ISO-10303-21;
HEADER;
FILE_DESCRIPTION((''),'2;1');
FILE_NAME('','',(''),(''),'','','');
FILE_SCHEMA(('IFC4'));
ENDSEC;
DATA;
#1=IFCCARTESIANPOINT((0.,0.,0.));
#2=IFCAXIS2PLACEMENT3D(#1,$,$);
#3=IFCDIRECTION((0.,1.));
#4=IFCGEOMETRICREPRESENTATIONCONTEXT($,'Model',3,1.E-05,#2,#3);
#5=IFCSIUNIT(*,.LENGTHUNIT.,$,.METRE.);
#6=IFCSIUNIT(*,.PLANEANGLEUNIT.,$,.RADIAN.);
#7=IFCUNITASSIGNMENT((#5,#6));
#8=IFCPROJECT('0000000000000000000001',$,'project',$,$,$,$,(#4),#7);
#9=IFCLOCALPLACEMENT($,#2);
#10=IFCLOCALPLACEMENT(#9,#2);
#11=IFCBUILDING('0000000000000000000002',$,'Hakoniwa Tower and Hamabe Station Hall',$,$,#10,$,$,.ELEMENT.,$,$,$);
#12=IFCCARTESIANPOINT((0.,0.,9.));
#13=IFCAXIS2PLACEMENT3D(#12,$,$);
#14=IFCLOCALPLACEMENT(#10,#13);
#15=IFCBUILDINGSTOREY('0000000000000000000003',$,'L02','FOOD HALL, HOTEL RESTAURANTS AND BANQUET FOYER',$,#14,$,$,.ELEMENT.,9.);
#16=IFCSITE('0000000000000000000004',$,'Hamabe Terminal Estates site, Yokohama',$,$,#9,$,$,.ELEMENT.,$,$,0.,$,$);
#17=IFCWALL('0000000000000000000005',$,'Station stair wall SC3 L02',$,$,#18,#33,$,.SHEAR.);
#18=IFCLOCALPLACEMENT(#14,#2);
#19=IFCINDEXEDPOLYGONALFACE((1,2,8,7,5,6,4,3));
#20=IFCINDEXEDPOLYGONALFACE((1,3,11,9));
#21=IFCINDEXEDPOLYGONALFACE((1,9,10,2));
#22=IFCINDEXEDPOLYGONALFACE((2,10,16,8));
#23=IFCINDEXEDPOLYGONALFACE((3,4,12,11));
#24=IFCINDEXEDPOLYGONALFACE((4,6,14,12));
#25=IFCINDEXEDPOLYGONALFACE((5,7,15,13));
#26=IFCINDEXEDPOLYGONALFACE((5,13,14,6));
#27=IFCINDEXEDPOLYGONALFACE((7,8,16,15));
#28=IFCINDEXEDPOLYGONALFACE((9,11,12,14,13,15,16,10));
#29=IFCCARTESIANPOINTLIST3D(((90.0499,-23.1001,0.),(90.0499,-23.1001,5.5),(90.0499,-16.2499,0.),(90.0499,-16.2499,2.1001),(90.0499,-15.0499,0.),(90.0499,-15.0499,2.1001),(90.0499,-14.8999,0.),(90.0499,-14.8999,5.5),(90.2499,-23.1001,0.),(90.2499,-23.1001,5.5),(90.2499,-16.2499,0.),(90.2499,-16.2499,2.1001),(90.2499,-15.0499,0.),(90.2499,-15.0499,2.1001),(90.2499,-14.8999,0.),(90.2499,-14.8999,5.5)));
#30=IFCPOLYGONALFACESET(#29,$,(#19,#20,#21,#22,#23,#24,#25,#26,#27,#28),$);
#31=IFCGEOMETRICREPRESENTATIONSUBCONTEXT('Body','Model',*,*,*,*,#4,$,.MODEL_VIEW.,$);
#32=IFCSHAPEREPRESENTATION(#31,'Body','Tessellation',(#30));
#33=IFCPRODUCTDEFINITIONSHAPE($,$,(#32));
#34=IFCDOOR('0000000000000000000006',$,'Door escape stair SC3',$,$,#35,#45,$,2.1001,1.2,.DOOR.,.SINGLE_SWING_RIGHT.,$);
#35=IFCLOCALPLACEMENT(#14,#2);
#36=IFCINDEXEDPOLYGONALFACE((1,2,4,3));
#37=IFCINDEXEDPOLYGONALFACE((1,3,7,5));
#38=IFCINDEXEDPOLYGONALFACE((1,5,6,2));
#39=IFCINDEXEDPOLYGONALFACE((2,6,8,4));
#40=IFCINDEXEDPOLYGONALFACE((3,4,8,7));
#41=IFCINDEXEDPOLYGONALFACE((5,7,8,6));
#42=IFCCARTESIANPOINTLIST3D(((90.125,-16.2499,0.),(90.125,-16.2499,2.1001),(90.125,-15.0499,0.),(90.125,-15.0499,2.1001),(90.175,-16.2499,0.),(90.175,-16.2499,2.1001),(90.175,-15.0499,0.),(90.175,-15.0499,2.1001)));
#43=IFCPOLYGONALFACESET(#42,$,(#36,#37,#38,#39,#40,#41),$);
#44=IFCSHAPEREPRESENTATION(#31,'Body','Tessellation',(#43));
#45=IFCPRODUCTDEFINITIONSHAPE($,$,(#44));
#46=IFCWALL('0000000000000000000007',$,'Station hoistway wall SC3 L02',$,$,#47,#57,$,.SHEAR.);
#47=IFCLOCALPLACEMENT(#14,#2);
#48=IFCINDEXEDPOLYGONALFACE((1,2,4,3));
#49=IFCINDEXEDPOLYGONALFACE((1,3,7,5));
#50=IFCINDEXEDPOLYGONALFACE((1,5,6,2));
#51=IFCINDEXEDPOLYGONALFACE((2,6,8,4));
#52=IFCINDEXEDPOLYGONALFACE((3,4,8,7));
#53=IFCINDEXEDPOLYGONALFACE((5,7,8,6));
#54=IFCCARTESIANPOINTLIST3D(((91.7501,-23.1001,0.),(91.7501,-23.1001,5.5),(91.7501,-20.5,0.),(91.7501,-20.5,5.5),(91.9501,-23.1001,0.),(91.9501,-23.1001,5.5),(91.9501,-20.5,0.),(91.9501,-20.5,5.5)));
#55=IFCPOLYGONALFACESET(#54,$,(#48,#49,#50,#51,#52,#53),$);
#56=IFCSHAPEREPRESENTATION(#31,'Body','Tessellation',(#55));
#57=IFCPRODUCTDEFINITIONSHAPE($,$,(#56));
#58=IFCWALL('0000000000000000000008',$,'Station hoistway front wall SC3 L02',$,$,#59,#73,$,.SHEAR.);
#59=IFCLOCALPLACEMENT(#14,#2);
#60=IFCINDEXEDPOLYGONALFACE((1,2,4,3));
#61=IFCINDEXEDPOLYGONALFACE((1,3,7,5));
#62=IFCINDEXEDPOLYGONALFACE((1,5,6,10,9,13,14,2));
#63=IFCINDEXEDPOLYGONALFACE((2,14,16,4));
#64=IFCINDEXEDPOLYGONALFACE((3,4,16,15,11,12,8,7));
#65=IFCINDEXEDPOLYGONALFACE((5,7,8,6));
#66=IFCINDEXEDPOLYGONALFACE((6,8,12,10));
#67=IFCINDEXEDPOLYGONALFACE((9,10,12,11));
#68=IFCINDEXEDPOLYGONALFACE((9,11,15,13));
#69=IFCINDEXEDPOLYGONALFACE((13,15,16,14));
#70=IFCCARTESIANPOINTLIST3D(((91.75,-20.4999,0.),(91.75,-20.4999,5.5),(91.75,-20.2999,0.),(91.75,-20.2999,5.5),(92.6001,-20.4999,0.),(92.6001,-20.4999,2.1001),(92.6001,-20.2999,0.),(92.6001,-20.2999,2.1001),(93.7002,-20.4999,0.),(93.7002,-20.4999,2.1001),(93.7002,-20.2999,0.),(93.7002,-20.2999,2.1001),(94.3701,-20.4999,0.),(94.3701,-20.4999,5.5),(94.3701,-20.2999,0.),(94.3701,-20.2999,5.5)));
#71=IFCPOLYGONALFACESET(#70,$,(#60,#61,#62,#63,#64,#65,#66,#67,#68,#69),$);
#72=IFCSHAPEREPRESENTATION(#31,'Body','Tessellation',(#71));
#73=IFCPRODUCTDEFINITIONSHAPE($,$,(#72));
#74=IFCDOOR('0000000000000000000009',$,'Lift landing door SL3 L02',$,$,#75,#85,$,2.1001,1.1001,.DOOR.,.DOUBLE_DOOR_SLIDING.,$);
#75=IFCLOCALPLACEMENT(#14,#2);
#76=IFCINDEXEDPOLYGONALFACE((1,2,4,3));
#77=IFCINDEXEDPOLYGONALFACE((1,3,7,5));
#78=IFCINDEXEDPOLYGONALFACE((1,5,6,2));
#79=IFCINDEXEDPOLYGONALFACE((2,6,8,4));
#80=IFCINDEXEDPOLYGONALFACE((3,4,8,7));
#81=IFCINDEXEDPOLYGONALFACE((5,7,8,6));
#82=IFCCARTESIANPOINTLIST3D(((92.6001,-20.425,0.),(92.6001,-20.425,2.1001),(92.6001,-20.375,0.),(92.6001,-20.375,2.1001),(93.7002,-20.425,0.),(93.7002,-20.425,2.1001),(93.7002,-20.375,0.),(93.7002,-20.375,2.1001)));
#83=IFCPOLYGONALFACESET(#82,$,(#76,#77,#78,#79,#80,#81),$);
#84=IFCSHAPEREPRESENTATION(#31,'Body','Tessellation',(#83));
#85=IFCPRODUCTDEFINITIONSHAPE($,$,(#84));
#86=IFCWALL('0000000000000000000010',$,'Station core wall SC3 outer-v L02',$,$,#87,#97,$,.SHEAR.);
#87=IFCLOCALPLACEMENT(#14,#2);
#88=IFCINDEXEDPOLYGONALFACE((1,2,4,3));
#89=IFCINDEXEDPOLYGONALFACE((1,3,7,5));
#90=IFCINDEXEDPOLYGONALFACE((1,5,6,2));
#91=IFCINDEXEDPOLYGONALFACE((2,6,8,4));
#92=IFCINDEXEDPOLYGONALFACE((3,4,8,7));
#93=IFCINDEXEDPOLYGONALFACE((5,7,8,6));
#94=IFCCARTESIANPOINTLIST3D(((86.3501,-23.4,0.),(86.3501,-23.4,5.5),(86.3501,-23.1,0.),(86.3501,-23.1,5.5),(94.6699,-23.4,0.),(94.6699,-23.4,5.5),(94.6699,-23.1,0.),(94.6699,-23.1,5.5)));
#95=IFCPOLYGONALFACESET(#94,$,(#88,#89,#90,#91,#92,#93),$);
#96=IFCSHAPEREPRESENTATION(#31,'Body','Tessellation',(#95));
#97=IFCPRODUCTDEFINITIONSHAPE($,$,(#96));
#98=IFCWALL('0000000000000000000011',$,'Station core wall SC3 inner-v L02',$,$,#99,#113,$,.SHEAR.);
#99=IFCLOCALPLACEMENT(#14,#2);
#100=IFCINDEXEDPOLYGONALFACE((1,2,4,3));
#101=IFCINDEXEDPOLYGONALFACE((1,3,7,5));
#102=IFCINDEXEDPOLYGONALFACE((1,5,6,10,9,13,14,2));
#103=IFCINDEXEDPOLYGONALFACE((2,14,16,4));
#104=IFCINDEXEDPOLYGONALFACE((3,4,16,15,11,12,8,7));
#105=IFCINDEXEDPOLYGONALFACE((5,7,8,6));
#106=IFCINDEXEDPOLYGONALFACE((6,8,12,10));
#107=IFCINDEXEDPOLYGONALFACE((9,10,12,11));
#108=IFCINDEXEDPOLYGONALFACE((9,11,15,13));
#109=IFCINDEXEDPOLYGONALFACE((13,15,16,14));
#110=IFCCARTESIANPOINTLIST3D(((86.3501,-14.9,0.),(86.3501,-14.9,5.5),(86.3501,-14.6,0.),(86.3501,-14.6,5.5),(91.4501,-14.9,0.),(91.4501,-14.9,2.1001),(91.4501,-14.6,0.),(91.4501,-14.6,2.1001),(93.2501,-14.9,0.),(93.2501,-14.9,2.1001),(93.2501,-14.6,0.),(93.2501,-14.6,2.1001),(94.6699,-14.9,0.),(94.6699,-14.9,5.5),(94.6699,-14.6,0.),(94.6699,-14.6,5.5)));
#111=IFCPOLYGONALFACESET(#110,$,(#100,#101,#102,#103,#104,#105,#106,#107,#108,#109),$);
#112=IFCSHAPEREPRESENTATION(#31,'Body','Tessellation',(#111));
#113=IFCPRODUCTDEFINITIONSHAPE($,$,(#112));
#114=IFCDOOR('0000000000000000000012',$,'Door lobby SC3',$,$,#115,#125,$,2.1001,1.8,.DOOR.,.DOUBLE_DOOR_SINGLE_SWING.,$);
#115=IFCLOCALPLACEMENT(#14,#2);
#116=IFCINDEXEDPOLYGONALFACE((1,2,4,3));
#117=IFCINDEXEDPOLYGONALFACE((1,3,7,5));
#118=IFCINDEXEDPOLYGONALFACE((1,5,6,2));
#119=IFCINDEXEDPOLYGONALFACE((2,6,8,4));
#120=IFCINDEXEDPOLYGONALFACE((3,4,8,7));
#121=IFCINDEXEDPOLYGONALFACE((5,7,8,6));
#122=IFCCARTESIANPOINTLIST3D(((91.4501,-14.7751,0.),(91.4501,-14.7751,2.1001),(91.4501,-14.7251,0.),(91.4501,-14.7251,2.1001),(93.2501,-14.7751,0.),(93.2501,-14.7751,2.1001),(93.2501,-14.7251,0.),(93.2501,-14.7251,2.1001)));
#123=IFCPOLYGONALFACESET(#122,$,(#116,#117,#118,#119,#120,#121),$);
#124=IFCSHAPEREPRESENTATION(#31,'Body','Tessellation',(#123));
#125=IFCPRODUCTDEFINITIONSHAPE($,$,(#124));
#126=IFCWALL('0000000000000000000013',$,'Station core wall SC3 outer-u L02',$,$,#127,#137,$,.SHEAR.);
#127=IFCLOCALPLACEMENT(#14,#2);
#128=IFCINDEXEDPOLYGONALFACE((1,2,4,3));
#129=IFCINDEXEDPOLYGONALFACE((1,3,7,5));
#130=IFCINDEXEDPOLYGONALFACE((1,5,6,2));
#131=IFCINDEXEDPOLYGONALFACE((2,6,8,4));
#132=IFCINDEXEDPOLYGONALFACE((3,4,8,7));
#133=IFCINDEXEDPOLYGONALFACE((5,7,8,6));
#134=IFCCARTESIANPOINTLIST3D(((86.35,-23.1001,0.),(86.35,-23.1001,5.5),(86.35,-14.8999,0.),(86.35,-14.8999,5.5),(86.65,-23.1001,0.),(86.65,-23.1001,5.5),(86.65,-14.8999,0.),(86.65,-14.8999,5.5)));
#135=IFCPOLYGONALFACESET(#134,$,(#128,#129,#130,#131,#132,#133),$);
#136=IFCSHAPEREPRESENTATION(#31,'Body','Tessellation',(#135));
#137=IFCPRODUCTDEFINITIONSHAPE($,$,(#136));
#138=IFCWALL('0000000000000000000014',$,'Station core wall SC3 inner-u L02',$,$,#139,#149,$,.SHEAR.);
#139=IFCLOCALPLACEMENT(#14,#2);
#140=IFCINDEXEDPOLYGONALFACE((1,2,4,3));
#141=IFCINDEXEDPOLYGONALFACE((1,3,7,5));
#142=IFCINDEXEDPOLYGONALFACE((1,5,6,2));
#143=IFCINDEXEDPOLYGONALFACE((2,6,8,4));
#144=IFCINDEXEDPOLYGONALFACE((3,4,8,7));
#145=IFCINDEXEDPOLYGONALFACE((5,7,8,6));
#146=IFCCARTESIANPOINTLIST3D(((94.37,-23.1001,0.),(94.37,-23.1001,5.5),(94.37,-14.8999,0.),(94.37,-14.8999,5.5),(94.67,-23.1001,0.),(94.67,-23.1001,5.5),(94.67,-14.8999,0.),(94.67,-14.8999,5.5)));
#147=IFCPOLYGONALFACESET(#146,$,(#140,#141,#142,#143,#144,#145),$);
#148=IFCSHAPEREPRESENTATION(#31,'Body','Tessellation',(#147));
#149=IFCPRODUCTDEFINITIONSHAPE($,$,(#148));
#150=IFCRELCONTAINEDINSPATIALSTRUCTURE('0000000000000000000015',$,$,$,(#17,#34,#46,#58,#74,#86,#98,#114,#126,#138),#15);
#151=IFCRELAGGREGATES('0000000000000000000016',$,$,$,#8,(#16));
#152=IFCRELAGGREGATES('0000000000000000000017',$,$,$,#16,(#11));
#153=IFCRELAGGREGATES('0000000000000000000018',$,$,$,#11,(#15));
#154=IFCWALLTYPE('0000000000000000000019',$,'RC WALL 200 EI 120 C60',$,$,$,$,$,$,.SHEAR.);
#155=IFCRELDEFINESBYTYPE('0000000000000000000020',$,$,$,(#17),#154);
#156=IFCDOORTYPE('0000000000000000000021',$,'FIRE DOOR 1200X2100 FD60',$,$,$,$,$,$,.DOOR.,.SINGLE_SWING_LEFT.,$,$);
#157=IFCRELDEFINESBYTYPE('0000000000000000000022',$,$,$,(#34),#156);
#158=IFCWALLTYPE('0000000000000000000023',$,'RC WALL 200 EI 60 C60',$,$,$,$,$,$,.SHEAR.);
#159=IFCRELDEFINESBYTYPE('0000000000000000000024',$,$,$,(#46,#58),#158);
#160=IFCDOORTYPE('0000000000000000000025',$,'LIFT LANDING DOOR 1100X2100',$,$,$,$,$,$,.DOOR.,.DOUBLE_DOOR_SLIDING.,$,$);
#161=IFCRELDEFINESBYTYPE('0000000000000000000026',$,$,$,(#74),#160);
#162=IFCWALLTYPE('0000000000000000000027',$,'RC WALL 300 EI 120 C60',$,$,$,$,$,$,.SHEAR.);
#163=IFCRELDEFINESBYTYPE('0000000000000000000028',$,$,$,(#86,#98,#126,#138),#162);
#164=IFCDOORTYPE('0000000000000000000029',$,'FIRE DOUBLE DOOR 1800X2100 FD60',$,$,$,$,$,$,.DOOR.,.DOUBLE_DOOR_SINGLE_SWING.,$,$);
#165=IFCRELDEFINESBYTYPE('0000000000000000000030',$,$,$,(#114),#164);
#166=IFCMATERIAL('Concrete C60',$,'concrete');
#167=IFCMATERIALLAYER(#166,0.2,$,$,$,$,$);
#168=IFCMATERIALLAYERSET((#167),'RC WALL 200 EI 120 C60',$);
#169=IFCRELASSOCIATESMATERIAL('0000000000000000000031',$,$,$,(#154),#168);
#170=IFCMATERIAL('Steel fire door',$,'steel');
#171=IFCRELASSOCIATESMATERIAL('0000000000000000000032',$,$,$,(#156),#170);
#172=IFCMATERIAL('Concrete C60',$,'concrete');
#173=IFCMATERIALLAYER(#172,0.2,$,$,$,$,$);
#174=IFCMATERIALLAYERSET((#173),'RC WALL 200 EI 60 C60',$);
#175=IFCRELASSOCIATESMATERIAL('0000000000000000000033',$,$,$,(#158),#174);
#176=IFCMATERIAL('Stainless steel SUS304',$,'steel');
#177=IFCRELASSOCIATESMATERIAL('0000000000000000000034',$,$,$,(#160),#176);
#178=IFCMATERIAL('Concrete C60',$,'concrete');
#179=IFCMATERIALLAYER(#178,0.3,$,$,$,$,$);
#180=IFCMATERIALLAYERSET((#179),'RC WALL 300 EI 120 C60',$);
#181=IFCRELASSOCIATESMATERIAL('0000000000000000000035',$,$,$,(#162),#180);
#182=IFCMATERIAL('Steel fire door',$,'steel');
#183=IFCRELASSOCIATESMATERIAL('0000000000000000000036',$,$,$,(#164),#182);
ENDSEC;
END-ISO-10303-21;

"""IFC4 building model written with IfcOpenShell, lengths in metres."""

from ifc_helpers import new_model, si_unit, direction, frame, frame_2d, origin, place, context, subcontext, project, spatial, rectangle, extrude, material, layer, layer_set, type_object, element, fill, save


model = new_model("IFC4")

# Units and contexts
model_context = context("Model", 3, precision=1e-05, world=origin(), true_north=direction((0.0, 1.0)))
body_context = subcontext(model_context, "Body", "Model", "MODEL_VIEW")
ifc_project = project(units=[si_unit("LENGTHUNIT", "METRE"), si_unit("PLANEANGLEUNIT", "RADIAN")], contexts=[model_context])

# Site, building, storey
site_placement = place(None, origin())
site = spatial("IfcSite", under=ifc_project, at=site_placement, Name="Hamabe Terminal Estates site, Yokohama", CompositionType="ELEMENT", RefElevation=0.0)
building_placement = place(site_placement, origin())
building = spatial("IfcBuilding", under=site, at=building_placement, Name="Hakoniwa Tower and Hamabe Station Hall", CompositionType="ELEMENT")
storey_placement = place(building_placement, frame((0.0, 0.0, 9.0)))
storey = spatial("IfcBuildingStorey", under=building, at=storey_placement, Name="L02", Description="FOOD HALL, HOTEL RESTAURANTS AND BANQUET FOYER", CompositionType="ELEMENT", Elevation=9.0)

# Wall, opening, door
ifc_material_1 = material(Name="Concrete C60", Category="concrete")
ifc_layer_1 = layer(ifc_material_1, 0.2)
ifc_layer_set_1 = layer_set([ifc_layer_1], Name="RC WALL 200 EI 120 C60")
wall_type_1 = type_object("IfcWallType", Name="RC WALL 200 EI 120 C60", PredefinedType="SHEAR", material=ifc_layer_set_1)
wall_1_placement = place(storey_placement, frame((90.1499, -23.1001, 0.0), z_axis=(0.0, 0.0, 1.0), x_axis=(0.0, 1.0, 0.0)))
wall_1 = element("IfcWall", 1, at=wall_1_placement, inside=storey, type_object=wall_type_1, Name="Station stair wall SC3 L02", PredefinedType="SHEAR", context=body_context, shape_type="SweptSolid", body=[
    extrude(rectangle(XDim=8.2002, YDim=0.2, at=frame_2d((4.1001, 0.0))), origin(), (0.0, 0.0, 1.0), 5.5),
])
opening_1_placement = place(wall_1_placement, frame((6.8501, 0.0, 0.0)))
opening_1 = element("IfcOpeningElement", 2, at=opening_1_placement, cuts=wall_1, PredefinedType="OPENING", context=body_context, shape_type="SweptSolid", body=[
    extrude(rectangle(XDim=1.2, YDim=2.1001, at=frame_2d((0.6001, 1.05))), frame((0.0, 0.1099, 0.0), z_axis=(0.0, -1.0, 0.0), x_axis=(1.0, 0.0, 0.0)), (0.0, 0.0, 1.0), 0.22),
])
ifc_material_2 = material(Name="Steel fire door", Category="steel")
door_type_1 = type_object("IfcDoorType", Name="FIRE DOOR 1200X2100 FD60", OperationType="SINGLE_SWING_LEFT", PredefinedType="DOOR", material=ifc_material_2)
door_1_placement = place(opening_1_placement, origin())
door_1 = element("IfcDoor", 3, at=door_1_placement, inside=storey, type_object=door_type_1, Name="Door escape stair SC3", OperationType="SINGLE_SWING_RIGHT", OverallHeight=2.1001, OverallWidth=1.2, PredefinedType="DOOR", context=body_context, shape_type="SweptSolid", body=[
    extrude(rectangle(XDim=1.2, YDim=2.1001, at=frame_2d((0.6001, 1.05))), frame((0.0, 0.0249, 0.0), z_axis=(0.0, -1.0, 0.0), x_axis=(1.0, 0.0, 0.0)), (0.0, 0.0, 1.0), 0.05),
])
fill(opening_1, door_1)

# Wall
ifc_material_3 = material(Name="Concrete C60", Category="concrete")
ifc_layer_2 = layer(ifc_material_3, 0.2)
ifc_layer_set_2 = layer_set([ifc_layer_2], Name="RC WALL 200 EI 60 C60")
wall_type_2 = type_object("IfcWallType", Name="RC WALL 200 EI 60 C60", PredefinedType="SHEAR", material=ifc_layer_set_2)
wall_2_placement = place(storey_placement, frame((91.8501, -23.1001, 0.0), z_axis=(0.0, 0.0, 1.0), x_axis=(0.0, 1.0, 0.0)))
element("IfcWall", 4, at=wall_2_placement, inside=storey, type_object=wall_type_2, Name="Station hoistway wall SC3 L02", PredefinedType="SHEAR", context=body_context, shape_type="SweptSolid", body=[
    extrude(rectangle(XDim=2.6001, YDim=0.2, at=frame_2d((1.3, 0.0))), origin(), (0.0, 0.0, 1.0), 5.5),
])

# Wall, opening, door
wall_3_placement = place(storey_placement, frame((91.75, -20.3999, 0.0), z_axis=(0.0, 0.0, 1.0), x_axis=(1.0, 0.0, 0.0)))
wall_3 = element("IfcWall", 5, at=wall_3_placement, inside=storey, type_object=wall_type_2, Name="Station hoistway front wall SC3 L02", PredefinedType="SHEAR", context=body_context, shape_type="SweptSolid", body=[
    extrude(rectangle(XDim=2.6201, YDim=0.2, at=frame_2d((1.3101, 0.0))), origin(), (0.0, 0.0, 1.0), 5.5),
])
opening_2_placement = place(wall_3_placement, frame((0.8501, 0.0, 0.0)))
opening_2 = element("IfcOpeningElement", 6, at=opening_2_placement, cuts=wall_3, PredefinedType="OPENING", context=body_context, shape_type="SweptSolid", body=[
    extrude(rectangle(XDim=1.1001, YDim=2.1001, at=frame_2d((0.55, 1.05))), frame((0.0, 0.1099, 0.0), z_axis=(0.0, -1.0, 0.0), x_axis=(1.0, 0.0, 0.0)), (0.0, 0.0, 1.0), 0.22),
])
ifc_material_4 = material(Name="Stainless steel SUS304", Category="steel")
door_type_2 = type_object("IfcDoorType", Name="LIFT LANDING DOOR 1100X2100", OperationType="DOUBLE_DOOR_SLIDING", PredefinedType="DOOR", material=ifc_material_4)
door_2_placement = place(opening_2_placement, origin())
door_2 = element("IfcDoor", 7, at=door_2_placement, inside=storey, type_object=door_type_2, Name="Lift landing door SL3 L02", OperationType="DOUBLE_DOOR_SLIDING", OverallHeight=2.1001, OverallWidth=1.1001, PredefinedType="DOOR", context=body_context, shape_type="SweptSolid", body=[
    extrude(rectangle(XDim=1.1001, YDim=2.1001, at=frame_2d((0.55, 1.05))), frame((0.0, 0.0249, 0.0), z_axis=(0.0, -1.0, 0.0), x_axis=(1.0, 0.0, 0.0)), (0.0, 0.0, 1.0), 0.05),
])
fill(opening_2, door_2)

# Wall
ifc_material_5 = material(Name="Concrete C60", Category="concrete")
ifc_layer_3 = layer(ifc_material_5, 0.3)
ifc_layer_set_3 = layer_set([ifc_layer_3], Name="RC WALL 300 EI 120 C60")
wall_type_3 = type_object("IfcWallType", Name="RC WALL 300 EI 120 C60", PredefinedType="SHEAR", material=ifc_layer_set_3)
wall_4_placement = place(storey_placement, frame((86.3501, -23.25, 0.0), z_axis=(0.0, 0.0, 1.0), x_axis=(1.0, 0.0, 0.0)))
element("IfcWall", 8, at=wall_4_placement, inside=storey, type_object=wall_type_3, Name="Station core wall SC3 outer-v L02", PredefinedType="SHEAR", context=body_context, shape_type="SweptSolid", body=[
    extrude(rectangle(XDim=8.3198, YDim=0.3, at=frame_2d((4.1599, 0.0))), origin(), (0.0, 0.0, 1.0), 5.5),
])

# Wall, opening, door
wall_5_placement = place(storey_placement, frame((86.3501, -14.75, 0.0), z_axis=(0.0, 0.0, 1.0), x_axis=(1.0, 0.0, 0.0)))
wall_5 = element("IfcWall", 9, at=wall_5_placement, inside=storey, type_object=wall_type_3, Name="Station core wall SC3 inner-v L02", PredefinedType="SHEAR", context=body_context, shape_type="SweptSolid", body=[
    extrude(rectangle(XDim=8.3198, YDim=0.3, at=frame_2d((4.1599, 0.0))), origin(), (0.0, 0.0, 1.0), 5.5),
])
opening_3_placement = place(wall_5_placement, frame((5.1001, 0.0, 0.0)))
opening_3 = element("IfcOpeningElement", 10, at=opening_3_placement, cuts=wall_5, PredefinedType="OPENING", context=body_context, shape_type="SweptSolid", body=[
    extrude(rectangle(XDim=1.8, YDim=2.1001, at=frame_2d((0.8999, 1.05))), frame((0.0, 0.1599, 0.0), z_axis=(0.0, -1.0, 0.0), x_axis=(1.0, 0.0, 0.0)), (0.0, 0.0, 1.0), 0.3201),
])
ifc_material_6 = material(Name="Steel fire door", Category="steel")
door_type_3 = type_object("IfcDoorType", Name="FIRE DOUBLE DOOR 1800X2100 FD60", OperationType="DOUBLE_DOOR_SINGLE_SWING", PredefinedType="DOOR", material=ifc_material_6)
door_3_placement = place(opening_3_placement, origin())
door_3 = element("IfcDoor", 11, at=door_3_placement, inside=storey, type_object=door_type_3, Name="Door lobby SC3", OperationType="DOUBLE_DOOR_SINGLE_SWING", OverallHeight=2.1001, OverallWidth=1.8, PredefinedType="DOOR", context=body_context, shape_type="SweptSolid", body=[
    extrude(rectangle(XDim=1.8, YDim=2.1001, at=frame_2d((0.8999, 1.05))), frame((0.0, 0.0249, 0.0), z_axis=(0.0, -1.0, 0.0), x_axis=(1.0, 0.0, 0.0)), (0.0, 0.0, 1.0), 0.05),
])
fill(opening_3, door_3)

# Walls
for number, where, z_axis, x_axis, name in (
    (12, (86.5, -23.1001, 0.0), (0.0, 0.0, 1.0), (0.0, 1.0, 0.0), "Station core wall SC3 outer-u L02"),
    (13, (94.52, -23.1001, 0.0), (0.0, 0.0, 1.0), (0.0, 1.0, 0.0), "Station core wall SC3 inner-u L02"),
):
    element("IfcWall", number, at=place(storey_placement, frame(where, z_axis=z_axis, x_axis=x_axis)), inside=storey, type_object=wall_type_3, Name=name, PredefinedType="SHEAR", context=body_context, shape_type="SweptSolid", body=[
        extrude(rectangle(XDim=8.2002, YDim=0.3, at=frame_2d((4.1001, 0.0))), origin(), (0.0, 0.0, 1.0), 5.5),
    ])

save(model, "model.ifc")
